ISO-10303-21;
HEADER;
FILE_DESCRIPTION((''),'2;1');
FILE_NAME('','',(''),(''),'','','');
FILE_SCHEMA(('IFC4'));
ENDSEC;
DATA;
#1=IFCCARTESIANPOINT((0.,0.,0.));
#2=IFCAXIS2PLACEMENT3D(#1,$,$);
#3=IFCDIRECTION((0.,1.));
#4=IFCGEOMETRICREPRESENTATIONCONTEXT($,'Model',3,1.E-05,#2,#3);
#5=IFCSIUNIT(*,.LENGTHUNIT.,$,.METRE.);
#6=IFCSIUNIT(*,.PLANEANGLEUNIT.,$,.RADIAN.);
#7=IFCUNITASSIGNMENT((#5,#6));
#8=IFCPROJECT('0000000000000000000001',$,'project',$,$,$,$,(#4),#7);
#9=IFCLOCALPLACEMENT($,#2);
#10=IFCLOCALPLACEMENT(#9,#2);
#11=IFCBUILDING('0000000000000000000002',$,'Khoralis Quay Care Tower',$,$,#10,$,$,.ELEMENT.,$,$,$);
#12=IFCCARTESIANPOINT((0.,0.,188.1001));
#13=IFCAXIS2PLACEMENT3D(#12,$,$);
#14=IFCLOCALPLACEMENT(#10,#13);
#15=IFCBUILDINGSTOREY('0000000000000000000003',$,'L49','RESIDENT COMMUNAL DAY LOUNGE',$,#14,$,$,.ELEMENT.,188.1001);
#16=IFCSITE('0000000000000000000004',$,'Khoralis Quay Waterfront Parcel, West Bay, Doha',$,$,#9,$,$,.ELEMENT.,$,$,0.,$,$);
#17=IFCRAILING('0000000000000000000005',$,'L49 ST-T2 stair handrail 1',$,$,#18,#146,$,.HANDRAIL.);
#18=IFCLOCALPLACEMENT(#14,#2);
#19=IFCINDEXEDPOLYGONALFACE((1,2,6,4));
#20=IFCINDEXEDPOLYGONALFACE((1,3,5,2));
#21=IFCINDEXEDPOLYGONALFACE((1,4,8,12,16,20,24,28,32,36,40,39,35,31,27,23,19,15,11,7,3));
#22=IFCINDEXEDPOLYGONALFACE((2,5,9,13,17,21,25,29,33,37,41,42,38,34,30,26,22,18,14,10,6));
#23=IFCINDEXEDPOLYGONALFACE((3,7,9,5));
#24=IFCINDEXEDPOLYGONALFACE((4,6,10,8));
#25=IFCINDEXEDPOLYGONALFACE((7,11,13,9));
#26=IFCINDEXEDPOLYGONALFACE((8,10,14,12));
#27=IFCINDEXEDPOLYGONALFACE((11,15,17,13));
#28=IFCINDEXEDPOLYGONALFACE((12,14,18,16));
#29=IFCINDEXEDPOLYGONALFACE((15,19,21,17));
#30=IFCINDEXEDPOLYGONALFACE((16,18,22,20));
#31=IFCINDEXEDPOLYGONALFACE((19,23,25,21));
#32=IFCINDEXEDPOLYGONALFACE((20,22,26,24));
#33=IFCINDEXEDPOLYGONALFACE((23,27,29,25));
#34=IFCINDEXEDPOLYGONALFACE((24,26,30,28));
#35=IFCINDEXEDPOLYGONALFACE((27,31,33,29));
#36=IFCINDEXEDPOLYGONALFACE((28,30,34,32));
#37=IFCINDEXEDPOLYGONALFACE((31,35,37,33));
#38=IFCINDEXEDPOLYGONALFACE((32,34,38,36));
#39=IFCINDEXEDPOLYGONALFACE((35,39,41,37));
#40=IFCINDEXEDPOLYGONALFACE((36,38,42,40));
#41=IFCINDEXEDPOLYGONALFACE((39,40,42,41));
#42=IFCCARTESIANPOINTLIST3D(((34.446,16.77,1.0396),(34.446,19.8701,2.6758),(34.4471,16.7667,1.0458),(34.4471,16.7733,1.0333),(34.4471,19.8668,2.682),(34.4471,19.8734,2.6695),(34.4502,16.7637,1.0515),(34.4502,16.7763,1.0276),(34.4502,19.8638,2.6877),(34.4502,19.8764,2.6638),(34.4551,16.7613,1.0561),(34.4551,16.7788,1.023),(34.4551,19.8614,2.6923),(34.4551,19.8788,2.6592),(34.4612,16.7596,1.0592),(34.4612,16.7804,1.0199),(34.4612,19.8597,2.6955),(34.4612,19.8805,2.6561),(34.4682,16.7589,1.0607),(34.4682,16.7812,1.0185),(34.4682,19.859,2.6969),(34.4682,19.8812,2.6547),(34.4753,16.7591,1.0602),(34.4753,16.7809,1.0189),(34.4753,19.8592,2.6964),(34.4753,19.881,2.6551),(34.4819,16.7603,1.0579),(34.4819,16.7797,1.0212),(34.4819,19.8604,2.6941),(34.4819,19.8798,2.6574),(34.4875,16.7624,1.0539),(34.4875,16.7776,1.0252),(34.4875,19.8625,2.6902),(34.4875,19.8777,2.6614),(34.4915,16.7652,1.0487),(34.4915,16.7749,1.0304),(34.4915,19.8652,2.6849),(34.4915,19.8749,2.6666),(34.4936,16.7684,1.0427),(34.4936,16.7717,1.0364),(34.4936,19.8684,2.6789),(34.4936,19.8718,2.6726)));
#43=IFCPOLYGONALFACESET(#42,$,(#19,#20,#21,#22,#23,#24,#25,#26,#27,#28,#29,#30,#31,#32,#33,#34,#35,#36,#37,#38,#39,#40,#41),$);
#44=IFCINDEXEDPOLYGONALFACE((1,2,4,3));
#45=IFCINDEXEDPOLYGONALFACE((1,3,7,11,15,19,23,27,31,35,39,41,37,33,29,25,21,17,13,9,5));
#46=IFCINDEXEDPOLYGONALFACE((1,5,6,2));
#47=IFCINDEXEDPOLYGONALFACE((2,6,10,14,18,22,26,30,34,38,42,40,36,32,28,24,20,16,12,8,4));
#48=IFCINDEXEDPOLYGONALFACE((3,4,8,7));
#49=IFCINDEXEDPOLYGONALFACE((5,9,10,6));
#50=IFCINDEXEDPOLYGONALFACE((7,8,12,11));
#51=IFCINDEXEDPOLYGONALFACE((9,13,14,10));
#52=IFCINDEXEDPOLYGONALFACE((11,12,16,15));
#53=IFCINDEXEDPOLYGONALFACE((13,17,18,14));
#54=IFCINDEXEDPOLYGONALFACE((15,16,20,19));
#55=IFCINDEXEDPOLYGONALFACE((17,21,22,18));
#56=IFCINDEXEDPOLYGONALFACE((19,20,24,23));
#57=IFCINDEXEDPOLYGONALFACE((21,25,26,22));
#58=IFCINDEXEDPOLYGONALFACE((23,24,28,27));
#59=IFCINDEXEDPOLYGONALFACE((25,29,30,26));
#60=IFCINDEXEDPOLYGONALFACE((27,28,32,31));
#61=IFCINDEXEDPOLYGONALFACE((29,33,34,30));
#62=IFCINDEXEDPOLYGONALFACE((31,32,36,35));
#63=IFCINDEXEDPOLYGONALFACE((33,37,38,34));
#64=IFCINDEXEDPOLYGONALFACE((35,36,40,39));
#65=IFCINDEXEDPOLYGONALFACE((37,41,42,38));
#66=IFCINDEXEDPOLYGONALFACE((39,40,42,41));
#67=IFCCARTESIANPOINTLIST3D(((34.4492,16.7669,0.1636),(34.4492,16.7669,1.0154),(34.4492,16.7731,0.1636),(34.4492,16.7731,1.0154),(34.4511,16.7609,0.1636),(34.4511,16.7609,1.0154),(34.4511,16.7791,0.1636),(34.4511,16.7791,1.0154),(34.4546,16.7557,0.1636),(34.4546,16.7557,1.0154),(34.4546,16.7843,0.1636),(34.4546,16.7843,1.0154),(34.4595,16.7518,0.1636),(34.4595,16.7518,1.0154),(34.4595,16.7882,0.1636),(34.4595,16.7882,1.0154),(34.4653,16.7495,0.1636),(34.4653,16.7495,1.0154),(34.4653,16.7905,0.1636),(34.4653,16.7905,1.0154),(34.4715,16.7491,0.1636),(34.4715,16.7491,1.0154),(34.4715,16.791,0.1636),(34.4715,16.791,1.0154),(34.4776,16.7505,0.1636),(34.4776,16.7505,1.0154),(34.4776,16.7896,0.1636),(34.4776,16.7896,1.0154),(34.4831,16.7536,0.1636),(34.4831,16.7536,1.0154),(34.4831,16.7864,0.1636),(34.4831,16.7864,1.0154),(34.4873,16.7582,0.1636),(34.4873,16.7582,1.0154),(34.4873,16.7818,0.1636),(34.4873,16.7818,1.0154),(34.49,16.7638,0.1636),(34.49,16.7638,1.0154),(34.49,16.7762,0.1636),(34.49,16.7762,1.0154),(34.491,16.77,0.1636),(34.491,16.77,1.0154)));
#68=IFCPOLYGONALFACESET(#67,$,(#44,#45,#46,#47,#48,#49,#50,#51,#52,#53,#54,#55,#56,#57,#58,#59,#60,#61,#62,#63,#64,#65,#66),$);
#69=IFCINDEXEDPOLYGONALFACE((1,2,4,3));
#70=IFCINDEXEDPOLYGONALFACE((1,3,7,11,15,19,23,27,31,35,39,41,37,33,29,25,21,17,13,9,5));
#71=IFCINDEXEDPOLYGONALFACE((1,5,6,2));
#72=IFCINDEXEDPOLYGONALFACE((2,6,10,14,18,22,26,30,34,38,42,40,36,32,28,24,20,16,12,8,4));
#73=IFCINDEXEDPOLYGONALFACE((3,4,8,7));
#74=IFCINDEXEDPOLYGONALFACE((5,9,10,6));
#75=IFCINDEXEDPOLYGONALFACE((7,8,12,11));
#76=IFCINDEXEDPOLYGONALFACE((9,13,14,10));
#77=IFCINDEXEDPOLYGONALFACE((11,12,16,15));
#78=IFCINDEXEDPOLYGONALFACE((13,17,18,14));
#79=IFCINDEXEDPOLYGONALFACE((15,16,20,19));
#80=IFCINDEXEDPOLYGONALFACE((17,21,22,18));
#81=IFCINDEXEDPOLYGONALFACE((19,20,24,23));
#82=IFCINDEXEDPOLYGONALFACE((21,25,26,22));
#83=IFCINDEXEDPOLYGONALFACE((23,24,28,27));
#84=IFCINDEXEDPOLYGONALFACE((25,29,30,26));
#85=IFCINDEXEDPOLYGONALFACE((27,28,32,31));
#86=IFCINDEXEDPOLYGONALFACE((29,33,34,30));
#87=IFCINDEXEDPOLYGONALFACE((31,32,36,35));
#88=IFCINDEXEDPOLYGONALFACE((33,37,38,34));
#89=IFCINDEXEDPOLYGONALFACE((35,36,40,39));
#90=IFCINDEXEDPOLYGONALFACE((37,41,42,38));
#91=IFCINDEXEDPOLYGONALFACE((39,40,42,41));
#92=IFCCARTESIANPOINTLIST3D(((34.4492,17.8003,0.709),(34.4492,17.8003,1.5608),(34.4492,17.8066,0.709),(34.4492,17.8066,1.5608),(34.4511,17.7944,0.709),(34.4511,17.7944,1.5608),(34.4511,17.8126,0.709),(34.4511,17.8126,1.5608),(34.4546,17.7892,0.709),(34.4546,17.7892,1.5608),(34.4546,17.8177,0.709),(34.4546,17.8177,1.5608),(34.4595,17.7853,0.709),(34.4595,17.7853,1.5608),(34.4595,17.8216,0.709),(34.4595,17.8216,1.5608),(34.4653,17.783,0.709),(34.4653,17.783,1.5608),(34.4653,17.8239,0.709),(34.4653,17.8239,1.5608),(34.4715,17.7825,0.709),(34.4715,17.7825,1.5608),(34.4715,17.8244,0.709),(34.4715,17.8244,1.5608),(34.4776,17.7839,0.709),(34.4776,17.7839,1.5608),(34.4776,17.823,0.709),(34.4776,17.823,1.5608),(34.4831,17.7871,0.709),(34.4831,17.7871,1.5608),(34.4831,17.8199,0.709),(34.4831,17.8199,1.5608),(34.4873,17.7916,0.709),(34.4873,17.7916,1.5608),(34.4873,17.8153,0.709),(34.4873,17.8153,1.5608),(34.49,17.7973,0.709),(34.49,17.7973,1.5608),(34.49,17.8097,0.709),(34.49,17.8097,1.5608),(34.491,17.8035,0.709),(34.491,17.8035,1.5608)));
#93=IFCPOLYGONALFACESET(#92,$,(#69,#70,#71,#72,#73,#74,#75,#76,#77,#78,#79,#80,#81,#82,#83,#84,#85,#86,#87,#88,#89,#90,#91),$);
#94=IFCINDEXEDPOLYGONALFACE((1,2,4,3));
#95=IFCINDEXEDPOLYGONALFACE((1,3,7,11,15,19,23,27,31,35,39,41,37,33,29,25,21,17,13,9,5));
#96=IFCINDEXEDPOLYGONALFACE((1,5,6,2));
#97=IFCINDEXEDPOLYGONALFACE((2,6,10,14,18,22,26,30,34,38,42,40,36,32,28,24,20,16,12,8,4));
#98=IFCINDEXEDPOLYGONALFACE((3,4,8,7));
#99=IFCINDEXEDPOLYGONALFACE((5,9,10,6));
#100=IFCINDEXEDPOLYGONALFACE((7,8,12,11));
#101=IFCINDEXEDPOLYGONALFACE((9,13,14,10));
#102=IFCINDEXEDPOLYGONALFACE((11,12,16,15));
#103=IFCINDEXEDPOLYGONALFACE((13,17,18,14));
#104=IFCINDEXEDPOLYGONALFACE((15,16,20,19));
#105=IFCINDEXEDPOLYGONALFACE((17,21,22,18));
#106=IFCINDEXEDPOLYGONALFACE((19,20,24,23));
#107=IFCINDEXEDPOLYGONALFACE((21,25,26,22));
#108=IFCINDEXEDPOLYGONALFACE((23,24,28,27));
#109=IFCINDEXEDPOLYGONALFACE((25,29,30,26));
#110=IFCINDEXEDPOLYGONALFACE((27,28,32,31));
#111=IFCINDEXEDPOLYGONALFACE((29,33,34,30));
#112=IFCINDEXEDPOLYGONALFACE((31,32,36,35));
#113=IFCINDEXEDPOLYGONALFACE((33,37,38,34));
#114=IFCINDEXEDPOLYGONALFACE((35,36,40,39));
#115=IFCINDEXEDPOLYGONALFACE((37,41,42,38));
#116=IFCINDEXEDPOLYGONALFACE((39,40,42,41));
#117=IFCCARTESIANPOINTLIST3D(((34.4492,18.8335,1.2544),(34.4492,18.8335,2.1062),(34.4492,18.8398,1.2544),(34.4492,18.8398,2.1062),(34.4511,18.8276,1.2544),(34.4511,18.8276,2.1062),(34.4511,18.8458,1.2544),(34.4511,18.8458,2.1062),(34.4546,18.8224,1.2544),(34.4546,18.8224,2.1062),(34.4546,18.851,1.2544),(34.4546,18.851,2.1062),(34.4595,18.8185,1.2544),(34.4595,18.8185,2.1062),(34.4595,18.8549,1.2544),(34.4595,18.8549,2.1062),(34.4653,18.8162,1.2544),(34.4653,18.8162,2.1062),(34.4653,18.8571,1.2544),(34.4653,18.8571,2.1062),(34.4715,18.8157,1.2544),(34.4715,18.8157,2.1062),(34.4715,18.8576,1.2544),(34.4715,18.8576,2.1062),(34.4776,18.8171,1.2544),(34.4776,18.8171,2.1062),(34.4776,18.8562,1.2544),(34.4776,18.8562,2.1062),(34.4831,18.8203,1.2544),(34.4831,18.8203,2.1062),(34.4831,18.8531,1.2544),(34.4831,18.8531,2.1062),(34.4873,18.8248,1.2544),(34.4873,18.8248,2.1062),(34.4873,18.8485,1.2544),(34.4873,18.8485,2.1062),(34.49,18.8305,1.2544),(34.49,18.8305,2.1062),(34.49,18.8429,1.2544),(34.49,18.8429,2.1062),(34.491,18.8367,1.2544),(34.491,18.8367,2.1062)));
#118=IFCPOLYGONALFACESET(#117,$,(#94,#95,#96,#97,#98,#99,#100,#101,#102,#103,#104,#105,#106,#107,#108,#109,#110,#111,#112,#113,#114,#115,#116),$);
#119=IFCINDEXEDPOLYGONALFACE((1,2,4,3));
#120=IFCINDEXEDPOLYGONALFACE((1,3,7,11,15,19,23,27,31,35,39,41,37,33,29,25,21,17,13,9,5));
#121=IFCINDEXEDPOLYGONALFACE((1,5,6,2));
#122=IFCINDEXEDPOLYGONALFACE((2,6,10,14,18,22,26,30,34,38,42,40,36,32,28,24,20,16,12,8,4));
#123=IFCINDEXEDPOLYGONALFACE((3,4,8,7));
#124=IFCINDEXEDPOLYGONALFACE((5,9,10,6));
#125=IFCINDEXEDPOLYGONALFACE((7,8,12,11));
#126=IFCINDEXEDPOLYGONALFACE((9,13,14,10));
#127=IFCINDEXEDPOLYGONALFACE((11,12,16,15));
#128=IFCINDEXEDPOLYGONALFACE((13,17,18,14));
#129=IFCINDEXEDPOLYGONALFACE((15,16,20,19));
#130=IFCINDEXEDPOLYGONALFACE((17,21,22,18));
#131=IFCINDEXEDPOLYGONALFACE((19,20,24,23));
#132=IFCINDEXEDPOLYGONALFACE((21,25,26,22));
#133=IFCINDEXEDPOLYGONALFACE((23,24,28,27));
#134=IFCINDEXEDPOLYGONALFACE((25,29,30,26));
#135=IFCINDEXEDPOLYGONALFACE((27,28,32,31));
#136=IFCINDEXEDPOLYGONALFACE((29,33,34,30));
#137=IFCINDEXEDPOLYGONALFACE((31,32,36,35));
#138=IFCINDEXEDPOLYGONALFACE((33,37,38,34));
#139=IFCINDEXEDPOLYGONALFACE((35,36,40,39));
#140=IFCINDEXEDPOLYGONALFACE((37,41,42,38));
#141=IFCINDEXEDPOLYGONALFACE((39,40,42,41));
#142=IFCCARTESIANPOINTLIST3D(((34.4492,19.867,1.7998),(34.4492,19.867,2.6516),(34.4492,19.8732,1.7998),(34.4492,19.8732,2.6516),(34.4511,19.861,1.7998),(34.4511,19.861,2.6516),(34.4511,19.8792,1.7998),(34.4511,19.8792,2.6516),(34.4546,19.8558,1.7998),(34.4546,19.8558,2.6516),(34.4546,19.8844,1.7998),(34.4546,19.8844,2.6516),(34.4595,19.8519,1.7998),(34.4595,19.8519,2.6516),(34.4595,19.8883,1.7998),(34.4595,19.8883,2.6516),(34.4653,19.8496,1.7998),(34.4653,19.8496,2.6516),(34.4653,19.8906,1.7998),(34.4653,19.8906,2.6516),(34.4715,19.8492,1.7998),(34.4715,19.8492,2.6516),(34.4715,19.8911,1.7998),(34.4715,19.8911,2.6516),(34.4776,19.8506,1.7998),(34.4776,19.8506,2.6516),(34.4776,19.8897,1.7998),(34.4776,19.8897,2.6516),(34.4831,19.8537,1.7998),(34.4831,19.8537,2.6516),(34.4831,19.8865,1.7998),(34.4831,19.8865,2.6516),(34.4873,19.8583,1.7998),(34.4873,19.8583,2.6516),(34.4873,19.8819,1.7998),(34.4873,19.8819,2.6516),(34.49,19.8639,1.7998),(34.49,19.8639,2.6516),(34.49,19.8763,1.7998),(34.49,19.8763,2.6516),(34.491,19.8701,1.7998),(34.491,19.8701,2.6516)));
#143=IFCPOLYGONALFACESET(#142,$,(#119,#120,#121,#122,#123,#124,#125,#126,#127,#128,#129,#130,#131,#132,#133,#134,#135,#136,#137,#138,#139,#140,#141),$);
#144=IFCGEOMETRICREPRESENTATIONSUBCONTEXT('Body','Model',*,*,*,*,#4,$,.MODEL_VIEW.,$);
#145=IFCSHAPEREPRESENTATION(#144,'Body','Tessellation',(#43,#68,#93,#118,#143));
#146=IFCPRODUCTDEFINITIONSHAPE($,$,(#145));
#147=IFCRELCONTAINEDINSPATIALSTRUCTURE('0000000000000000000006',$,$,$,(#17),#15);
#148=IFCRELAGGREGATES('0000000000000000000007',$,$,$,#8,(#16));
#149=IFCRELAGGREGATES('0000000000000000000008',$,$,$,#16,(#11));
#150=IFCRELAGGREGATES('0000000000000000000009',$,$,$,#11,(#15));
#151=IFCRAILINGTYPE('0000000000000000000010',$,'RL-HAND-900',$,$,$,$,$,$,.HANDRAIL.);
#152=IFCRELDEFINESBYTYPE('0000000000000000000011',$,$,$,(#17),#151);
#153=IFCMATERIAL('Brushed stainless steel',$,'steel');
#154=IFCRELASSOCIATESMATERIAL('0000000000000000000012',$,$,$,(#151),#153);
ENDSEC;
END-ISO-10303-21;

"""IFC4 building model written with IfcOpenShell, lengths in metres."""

from ifc_helpers import new_model, si_unit, direction, frame, origin, origin_2d, place, context, subcontext, project, spatial, circle, extrude, material, type_object, element, save


model = new_model("IFC4")

# Units and contexts
model_context = context("Model", 3, precision=1e-05, world=origin(), true_north=direction((0.0, 1.0)))
body_context = subcontext(model_context, "Body", "Model", "MODEL_VIEW")
ifc_project = project(units=[si_unit("LENGTHUNIT", "METRE"), si_unit("PLANEANGLEUNIT", "RADIAN")], contexts=[model_context])

# Site, building, storey
site_placement = place(None, origin())
site = spatial("IfcSite", under=ifc_project, at=site_placement, Name="Khoralis Quay Waterfront Parcel, West Bay, Doha", CompositionType="ELEMENT", RefElevation=0.0)
building_placement = place(site_placement, origin())
building = spatial("IfcBuilding", under=site, at=building_placement, Name="Khoralis Quay Care Tower", CompositionType="ELEMENT")
storey_placement = place(building_placement, frame((0.0, 0.0, 188.1001)))
storey = spatial("IfcBuildingStorey", under=building, at=storey_placement, Name="L49", Description="RESIDENT COMMUNAL DAY LOUNGE", CompositionType="ELEMENT", Elevation=188.1001)

# Shared definitions
ifc_material_1 = material(Name="Brushed stainless steel", Category="steel")

# Railing
railing_type_1 = type_object("IfcRailingType", Name="RL-HAND-900", PredefinedType="HANDRAIL", material=ifc_material_1)
railing_1_placement = place(storey_placement, frame((34.47, 16.77, 0.1636)))
element("IfcRailing", 1, at=railing_1_placement, inside=storey, type_object=railing_type_1, Name="L49 ST-T2 stair handrail 1", PredefinedType="HANDRAIL", context=body_context, shape_type="SweptSolid", body=[
    extrude(circle(Radius=0.0239, at=origin_2d()), frame((0.0, 0.0, 0.876), z_axis=(0.0, 0.884377, 0.466774), x_axis=(-1.0, 0.0, 0.0)), (0.0, 0.0, 1.0), 3.5054),
    extrude(circle(Radius=0.021, at=origin_2d()), origin(), (0.0, 0.0, 1.0), 0.8518),
    extrude(circle(Radius=0.021, at=origin_2d()), frame((0.0, 1.0334, 0.5454)), (0.0, 0.0, 1.0), 0.8518),
    extrude(circle(Radius=0.021, at=origin_2d()), frame((0.0, 2.0667, 1.0908)), (0.0, 0.0, 1.0), 0.8518),
    extrude(circle(Radius=0.021, at=origin_2d()), frame((0.0, 3.1001, 1.6362)), (0.0, 0.0, 1.0), 0.8518),
])

save(model, "model.ifc")
